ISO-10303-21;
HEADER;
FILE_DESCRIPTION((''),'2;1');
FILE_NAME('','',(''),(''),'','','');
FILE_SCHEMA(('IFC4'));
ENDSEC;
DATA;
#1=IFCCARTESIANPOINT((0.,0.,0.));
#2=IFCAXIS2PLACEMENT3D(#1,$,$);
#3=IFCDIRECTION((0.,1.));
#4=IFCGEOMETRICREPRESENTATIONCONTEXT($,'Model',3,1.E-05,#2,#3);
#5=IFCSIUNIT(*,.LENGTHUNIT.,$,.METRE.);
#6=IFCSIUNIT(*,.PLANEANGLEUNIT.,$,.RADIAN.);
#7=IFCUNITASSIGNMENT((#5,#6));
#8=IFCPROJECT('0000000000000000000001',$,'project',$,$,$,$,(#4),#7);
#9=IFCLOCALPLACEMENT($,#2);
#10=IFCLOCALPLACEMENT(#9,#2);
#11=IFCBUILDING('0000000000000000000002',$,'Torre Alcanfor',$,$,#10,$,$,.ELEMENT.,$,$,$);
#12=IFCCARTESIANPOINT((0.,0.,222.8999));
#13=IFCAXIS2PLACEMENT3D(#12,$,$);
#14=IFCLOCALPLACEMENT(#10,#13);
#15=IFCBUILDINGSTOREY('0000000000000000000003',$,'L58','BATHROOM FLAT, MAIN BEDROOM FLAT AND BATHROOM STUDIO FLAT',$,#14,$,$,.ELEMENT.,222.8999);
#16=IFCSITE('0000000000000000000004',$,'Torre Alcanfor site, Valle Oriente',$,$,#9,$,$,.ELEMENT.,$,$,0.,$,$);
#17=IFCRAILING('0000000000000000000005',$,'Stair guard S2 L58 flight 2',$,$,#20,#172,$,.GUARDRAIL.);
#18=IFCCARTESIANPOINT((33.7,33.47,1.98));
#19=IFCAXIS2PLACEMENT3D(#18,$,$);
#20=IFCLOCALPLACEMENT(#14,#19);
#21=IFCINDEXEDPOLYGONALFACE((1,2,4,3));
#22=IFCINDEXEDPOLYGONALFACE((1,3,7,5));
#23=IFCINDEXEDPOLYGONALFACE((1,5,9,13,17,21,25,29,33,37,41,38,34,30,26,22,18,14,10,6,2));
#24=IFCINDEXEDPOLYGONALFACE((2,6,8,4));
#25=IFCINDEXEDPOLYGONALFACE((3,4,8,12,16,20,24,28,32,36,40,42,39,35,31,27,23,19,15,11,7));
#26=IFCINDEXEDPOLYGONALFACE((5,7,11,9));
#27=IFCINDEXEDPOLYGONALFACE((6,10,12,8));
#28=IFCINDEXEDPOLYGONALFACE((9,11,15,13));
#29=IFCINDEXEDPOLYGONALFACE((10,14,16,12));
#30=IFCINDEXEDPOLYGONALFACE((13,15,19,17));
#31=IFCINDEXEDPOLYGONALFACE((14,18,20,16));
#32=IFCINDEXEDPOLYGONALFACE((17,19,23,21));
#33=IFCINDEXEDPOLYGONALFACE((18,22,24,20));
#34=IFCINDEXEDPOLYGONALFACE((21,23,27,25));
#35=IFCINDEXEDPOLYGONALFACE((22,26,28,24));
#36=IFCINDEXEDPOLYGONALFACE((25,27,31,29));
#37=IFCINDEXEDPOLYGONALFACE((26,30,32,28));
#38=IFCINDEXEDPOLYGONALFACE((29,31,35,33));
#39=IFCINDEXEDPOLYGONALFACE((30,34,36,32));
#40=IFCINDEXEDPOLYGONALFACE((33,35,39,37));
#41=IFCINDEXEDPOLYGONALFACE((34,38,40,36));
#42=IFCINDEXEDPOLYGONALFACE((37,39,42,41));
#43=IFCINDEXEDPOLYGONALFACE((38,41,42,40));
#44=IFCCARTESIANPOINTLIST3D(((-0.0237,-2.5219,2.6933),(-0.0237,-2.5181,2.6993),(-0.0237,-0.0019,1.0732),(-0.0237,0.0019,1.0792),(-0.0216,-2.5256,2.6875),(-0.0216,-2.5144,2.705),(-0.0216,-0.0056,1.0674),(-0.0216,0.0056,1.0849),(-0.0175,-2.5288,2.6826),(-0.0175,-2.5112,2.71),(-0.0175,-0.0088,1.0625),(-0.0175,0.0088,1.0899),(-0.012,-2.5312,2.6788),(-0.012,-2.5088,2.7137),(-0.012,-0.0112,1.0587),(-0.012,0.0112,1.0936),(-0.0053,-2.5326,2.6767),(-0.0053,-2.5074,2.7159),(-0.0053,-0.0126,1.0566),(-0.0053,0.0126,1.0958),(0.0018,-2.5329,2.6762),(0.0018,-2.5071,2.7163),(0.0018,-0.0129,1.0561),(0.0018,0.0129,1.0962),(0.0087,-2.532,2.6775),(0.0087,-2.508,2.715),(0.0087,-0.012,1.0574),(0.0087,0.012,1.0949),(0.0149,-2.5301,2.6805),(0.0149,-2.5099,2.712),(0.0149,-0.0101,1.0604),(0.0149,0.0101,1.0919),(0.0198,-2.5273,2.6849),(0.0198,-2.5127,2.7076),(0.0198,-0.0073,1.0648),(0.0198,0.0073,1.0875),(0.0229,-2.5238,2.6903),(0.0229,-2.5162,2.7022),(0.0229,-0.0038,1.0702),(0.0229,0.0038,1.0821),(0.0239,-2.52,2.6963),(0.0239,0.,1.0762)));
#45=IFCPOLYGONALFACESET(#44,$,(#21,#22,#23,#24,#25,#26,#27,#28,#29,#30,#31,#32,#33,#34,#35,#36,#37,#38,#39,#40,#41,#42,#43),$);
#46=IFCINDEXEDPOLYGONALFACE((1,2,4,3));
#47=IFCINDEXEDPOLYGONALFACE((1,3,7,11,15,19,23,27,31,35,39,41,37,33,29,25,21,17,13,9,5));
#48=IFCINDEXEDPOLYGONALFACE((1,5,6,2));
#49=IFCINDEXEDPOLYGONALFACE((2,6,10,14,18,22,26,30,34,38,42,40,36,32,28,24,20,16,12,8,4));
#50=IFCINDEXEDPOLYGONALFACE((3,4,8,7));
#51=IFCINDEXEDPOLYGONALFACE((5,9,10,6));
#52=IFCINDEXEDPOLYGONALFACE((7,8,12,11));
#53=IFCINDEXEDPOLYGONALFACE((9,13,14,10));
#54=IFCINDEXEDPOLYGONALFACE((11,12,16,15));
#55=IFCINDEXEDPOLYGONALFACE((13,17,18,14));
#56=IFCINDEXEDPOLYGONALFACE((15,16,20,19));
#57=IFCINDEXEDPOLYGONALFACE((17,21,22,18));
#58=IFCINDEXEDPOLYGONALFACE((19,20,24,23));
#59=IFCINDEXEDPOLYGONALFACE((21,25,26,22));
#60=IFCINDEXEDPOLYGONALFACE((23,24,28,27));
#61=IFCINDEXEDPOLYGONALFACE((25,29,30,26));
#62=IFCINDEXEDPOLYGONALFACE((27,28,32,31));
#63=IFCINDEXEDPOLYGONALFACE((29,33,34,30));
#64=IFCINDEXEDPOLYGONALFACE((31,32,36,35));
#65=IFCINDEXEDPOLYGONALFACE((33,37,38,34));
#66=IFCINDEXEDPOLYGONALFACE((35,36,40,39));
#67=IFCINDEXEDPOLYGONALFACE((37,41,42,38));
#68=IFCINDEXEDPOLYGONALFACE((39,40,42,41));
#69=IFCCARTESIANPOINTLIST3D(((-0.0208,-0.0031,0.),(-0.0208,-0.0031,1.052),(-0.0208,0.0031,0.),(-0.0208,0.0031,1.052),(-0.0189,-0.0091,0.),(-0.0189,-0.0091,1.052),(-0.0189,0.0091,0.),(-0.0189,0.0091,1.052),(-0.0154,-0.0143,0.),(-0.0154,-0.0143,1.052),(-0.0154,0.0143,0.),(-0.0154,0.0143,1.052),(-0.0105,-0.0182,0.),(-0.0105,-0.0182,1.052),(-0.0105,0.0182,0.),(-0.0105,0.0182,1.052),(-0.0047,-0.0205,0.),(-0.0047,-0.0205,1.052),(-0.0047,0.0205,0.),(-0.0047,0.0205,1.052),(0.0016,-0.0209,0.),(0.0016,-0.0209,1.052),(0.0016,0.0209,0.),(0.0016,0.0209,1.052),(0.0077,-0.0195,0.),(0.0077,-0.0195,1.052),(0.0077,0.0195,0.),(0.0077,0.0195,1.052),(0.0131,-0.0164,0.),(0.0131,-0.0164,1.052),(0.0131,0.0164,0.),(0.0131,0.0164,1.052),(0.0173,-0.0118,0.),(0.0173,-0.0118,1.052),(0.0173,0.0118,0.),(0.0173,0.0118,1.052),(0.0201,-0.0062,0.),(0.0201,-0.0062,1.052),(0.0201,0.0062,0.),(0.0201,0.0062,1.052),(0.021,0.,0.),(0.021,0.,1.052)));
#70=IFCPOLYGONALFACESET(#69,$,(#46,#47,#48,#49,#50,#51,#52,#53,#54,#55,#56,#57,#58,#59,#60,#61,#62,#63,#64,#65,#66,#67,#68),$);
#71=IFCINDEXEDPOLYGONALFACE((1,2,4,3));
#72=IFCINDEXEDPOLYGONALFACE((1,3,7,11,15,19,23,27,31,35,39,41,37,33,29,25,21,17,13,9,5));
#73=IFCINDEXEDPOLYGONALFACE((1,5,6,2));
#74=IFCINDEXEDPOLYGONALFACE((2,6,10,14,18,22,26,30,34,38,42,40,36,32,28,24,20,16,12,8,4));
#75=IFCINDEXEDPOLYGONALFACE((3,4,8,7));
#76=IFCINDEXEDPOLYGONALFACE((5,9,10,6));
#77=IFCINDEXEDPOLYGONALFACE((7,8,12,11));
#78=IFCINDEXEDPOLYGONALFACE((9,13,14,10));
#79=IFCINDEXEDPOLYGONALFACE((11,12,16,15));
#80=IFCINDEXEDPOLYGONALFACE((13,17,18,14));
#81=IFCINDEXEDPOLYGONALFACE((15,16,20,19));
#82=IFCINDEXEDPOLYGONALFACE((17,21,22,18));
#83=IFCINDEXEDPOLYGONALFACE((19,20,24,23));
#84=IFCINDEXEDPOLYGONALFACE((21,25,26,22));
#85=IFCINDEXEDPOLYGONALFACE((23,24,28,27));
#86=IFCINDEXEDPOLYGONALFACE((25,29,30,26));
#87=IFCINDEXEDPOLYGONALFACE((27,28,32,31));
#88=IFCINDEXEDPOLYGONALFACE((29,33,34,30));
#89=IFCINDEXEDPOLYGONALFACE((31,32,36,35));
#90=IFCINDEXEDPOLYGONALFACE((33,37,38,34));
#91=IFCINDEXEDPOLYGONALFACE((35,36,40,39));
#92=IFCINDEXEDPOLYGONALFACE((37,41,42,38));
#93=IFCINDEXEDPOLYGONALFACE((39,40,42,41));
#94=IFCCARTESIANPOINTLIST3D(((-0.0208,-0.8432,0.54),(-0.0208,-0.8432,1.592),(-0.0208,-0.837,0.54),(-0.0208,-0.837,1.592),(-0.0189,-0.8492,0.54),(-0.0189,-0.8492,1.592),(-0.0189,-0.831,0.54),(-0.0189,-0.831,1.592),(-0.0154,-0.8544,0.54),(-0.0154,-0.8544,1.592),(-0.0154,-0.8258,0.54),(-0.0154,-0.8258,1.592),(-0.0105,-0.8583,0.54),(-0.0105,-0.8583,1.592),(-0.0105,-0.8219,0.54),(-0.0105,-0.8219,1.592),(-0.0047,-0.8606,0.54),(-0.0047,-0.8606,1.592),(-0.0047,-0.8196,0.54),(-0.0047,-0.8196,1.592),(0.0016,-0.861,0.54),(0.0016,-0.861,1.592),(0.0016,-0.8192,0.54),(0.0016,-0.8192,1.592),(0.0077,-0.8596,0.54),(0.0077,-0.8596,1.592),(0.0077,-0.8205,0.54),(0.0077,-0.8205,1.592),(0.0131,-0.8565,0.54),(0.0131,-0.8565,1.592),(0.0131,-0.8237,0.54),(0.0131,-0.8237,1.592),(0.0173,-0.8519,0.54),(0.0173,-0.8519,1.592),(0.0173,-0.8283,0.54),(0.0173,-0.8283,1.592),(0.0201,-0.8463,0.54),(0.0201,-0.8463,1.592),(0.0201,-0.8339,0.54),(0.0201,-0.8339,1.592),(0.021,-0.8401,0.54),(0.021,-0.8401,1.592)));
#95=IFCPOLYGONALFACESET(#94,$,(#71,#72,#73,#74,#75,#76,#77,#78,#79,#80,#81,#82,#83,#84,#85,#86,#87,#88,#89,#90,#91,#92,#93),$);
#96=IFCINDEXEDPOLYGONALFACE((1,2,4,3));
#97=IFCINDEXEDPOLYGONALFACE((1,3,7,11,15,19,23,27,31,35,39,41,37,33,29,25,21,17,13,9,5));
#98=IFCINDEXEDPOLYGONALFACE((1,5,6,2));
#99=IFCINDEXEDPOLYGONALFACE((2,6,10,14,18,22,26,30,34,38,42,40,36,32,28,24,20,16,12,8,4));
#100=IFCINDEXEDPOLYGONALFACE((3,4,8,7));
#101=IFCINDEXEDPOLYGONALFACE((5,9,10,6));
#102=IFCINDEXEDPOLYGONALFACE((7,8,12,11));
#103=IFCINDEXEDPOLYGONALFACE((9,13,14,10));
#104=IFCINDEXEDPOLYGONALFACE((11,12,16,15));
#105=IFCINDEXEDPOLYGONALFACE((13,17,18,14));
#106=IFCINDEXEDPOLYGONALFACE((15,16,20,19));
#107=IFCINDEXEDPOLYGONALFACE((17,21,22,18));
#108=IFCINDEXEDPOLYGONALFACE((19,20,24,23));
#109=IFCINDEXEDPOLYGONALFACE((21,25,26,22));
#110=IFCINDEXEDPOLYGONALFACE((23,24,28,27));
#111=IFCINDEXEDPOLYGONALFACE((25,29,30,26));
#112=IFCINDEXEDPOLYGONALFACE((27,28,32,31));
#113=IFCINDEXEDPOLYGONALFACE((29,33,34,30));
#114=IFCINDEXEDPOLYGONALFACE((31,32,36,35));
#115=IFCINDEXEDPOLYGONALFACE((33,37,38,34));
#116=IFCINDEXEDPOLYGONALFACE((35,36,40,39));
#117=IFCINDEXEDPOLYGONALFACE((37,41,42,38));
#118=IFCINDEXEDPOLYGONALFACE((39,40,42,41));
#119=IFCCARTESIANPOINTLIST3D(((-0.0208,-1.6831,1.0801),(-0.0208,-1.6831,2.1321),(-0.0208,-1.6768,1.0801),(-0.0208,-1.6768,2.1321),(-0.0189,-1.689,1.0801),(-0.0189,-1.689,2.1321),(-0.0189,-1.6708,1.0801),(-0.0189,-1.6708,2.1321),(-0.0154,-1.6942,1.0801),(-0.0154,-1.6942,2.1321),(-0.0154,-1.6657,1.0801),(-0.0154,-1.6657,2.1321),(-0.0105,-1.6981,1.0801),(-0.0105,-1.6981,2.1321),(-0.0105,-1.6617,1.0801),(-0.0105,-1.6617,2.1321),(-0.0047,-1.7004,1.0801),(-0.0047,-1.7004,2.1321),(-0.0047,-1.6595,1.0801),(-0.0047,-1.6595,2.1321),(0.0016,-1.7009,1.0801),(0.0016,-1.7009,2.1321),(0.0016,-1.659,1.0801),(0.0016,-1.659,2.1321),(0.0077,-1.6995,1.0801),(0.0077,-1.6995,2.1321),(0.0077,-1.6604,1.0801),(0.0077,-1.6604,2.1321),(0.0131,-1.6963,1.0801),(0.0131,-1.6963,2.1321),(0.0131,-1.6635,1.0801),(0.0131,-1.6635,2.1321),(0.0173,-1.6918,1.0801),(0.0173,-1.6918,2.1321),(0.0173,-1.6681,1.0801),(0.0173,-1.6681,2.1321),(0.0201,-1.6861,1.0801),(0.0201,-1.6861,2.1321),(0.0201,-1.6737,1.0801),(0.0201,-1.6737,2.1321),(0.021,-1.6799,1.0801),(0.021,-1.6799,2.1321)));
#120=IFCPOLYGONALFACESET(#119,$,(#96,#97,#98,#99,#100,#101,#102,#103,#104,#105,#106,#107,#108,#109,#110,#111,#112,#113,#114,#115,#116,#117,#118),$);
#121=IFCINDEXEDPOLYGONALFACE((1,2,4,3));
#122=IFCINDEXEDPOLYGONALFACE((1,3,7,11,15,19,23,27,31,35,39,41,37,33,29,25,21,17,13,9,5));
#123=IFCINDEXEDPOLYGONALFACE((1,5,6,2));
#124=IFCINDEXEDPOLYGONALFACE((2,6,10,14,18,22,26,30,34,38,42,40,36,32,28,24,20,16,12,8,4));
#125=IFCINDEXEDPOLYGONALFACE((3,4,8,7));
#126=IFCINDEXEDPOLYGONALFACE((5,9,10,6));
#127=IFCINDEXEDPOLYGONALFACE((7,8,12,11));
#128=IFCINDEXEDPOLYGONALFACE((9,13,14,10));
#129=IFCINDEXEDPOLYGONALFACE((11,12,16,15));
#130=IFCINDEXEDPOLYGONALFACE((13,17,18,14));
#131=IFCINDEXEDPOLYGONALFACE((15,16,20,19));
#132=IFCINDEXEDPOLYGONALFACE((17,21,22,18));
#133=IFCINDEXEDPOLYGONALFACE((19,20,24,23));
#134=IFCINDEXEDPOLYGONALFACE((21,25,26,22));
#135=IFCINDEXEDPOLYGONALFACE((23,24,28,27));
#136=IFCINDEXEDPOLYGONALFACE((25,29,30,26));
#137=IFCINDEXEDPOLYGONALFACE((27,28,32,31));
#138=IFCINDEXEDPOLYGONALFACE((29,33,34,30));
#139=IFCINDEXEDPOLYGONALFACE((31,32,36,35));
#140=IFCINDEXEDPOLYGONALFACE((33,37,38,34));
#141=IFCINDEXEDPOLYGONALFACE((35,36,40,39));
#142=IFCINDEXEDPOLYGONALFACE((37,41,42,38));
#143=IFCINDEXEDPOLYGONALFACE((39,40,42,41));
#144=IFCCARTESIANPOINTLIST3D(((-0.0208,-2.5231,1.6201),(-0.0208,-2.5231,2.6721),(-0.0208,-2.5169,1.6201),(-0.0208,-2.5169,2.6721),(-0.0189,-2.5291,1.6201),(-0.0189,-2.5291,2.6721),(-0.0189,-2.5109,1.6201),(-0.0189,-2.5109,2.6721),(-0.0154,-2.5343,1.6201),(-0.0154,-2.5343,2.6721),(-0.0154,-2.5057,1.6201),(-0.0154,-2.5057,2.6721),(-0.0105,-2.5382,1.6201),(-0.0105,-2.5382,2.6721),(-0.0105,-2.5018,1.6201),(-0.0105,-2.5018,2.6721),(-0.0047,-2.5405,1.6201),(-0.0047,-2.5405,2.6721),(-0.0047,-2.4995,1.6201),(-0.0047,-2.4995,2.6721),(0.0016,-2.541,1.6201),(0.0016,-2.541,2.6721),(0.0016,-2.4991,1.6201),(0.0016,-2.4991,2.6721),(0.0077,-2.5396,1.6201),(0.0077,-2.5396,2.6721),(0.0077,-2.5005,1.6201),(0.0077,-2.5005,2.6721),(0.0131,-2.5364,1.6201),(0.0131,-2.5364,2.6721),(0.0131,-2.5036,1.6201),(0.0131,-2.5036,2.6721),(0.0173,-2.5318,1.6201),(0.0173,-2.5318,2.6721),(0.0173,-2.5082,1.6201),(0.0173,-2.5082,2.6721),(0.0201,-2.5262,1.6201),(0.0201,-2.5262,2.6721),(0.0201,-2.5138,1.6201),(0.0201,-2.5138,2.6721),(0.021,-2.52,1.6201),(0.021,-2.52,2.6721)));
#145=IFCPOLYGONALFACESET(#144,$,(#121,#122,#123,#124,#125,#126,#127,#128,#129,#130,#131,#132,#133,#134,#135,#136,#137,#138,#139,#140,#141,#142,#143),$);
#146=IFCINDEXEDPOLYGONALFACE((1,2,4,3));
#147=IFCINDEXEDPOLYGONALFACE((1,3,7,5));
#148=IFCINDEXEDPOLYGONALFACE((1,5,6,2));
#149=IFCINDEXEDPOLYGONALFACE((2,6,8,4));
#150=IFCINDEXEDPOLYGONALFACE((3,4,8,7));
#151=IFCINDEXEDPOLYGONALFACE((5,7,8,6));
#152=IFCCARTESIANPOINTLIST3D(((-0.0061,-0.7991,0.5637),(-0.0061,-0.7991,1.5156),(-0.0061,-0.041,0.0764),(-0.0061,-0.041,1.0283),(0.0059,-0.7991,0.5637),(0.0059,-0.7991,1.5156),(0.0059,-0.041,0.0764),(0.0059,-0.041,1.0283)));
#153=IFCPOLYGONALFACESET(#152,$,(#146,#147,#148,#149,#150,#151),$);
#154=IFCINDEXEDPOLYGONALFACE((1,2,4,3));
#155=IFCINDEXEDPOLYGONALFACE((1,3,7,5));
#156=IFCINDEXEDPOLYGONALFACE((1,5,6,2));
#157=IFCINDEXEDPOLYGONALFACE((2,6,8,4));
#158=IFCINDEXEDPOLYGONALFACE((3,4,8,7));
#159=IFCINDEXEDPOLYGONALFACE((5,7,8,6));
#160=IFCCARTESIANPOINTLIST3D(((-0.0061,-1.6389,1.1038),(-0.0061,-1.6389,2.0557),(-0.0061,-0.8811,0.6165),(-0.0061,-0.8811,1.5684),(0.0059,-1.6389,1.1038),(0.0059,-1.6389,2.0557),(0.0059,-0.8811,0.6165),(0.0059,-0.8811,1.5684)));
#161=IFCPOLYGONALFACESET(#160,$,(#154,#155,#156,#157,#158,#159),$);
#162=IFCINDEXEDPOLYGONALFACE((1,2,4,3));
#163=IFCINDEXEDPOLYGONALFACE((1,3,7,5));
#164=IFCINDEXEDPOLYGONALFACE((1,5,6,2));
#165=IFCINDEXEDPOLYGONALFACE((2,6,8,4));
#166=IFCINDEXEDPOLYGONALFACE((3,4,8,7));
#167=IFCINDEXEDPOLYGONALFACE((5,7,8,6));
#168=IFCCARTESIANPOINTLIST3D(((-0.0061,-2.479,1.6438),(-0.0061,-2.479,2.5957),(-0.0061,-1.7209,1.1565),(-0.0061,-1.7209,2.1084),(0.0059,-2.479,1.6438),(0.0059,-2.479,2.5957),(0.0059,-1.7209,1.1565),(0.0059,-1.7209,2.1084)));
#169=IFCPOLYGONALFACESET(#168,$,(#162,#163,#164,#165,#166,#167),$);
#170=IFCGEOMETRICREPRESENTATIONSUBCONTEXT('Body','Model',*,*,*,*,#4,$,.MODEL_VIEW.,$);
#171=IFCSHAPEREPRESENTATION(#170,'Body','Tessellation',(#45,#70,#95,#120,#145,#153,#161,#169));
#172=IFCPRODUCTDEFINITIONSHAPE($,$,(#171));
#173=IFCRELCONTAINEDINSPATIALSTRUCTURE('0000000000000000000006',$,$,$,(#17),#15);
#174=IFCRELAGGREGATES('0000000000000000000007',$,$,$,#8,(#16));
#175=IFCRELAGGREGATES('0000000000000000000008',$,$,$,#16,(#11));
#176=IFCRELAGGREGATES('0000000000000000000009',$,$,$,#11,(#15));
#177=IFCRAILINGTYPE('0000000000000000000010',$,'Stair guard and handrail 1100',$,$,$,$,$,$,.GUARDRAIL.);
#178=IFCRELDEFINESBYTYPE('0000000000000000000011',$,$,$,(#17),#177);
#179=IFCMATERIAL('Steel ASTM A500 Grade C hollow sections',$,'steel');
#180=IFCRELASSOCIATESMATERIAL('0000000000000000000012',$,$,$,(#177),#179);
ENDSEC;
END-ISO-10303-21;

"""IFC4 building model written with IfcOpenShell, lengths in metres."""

from ifc_helpers import new_model, si_unit, direction, frame, origin, origin_2d, place, context, subcontext, project, spatial, polyline, circle, outline, extrude, material, type_object, element, save


model = new_model("IFC4")

# Units and contexts
model_context = context("Model", 3, precision=1e-05, world=origin(), true_north=direction((0.0, 1.0)))
body_context = subcontext(model_context, "Body", "Model", "MODEL_VIEW")
ifc_project = project(units=[si_unit("LENGTHUNIT", "METRE"), si_unit("PLANEANGLEUNIT", "RADIAN")], contexts=[model_context])

# Site, building, storey
site_placement = place(None, origin())
site = spatial("IfcSite", under=ifc_project, at=site_placement, Name="Torre Alcanfor site, Valle Oriente", CompositionType="ELEMENT", RefElevation=0.0)
building_placement = place(site_placement, origin())
building = spatial("IfcBuilding", under=site, at=building_placement, Name="Torre Alcanfor", CompositionType="ELEMENT")
storey_placement = place(building_placement, frame((0.0, 0.0, 222.8999)))
storey = spatial("IfcBuildingStorey", under=building, at=storey_placement, Name="L58", Description="BATHROOM FLAT, MAIN BEDROOM FLAT AND BATHROOM STUDIO FLAT", CompositionType="ELEMENT", Elevation=222.8999)

# Railing
ifc_material_1 = material(Name="Steel ASTM A500 Grade C hollow sections", Category="steel")
railing_type_1 = type_object("IfcRailingType", Name="Stair guard and handrail 1100", PredefinedType="GUARDRAIL", material=ifc_material_1)
railing_1_placement = place(storey_placement, frame((33.7, 33.47, 1.98)))
element("IfcRailing", 1, at=railing_1_placement, inside=storey, type_object=railing_type_1, Name="Stair guard S2 L58 flight 2", PredefinedType="GUARDRAIL", context=body_context, shape_type="SweptSolid", body=[
    extrude(circle(Radius=0.0239, at=origin_2d()), frame((0.0, 0.0, 1.0762), z_axis=(0.0, -0.841163, 0.540782), x_axis=(1.0, 0.0, 0.0)), (0.0, 0.0, 1.0), 2.9958),
    extrude(circle(Radius=0.021, at=origin_2d()), origin(), (0.0, 0.0, 1.0), 1.052),
    extrude(circle(Radius=0.021, at=origin_2d()), frame((0.0, -0.8401, 0.54)), (0.0, 0.0, 1.0), 1.052),
    extrude(circle(Radius=0.021, at=origin_2d()), frame((0.0, -1.6799, 1.0801)), (0.0, 0.0, 1.0), 1.052),
    extrude(circle(Radius=0.021, at=origin_2d()), frame((0.0, -2.52, 1.6201)), (0.0, 0.0, 1.0), 1.052),
    extrude(outline(polyline([(0.041, 0.0764), (0.7991, 0.5637), (0.7991, 1.5156), (0.041, 1.0283), (0.041, 0.0764)])), frame((0.0059, 0.0, 0.0), z_axis=(-1.0, 0.0, 0.0), x_axis=(0.0, -1.0, 0.0)), (0.0, 0.0, 1.0), 0.012),
    extrude(outline(polyline([(0.8811, 0.6165), (1.6389, 1.1038), (1.6389, 2.0557), (0.8811, 1.5684), (0.8811, 0.6165)])), frame((0.0059, 0.0, 0.0), z_axis=(-1.0, 0.0, 0.0), x_axis=(0.0, -1.0, 0.0)), (0.0, 0.0, 1.0), 0.012),
    extrude(outline(polyline([(1.7209, 1.1565), (2.479, 1.6438), (2.479, 2.5957), (1.7209, 2.1084), (1.7209, 1.1565)])), frame((0.0059, 0.0, 0.0), z_axis=(-1.0, 0.0, 0.0), x_axis=(0.0, -1.0, 0.0)), (0.0, 0.0, 1.0), 0.012),
])

save(model, "model.ifc")
